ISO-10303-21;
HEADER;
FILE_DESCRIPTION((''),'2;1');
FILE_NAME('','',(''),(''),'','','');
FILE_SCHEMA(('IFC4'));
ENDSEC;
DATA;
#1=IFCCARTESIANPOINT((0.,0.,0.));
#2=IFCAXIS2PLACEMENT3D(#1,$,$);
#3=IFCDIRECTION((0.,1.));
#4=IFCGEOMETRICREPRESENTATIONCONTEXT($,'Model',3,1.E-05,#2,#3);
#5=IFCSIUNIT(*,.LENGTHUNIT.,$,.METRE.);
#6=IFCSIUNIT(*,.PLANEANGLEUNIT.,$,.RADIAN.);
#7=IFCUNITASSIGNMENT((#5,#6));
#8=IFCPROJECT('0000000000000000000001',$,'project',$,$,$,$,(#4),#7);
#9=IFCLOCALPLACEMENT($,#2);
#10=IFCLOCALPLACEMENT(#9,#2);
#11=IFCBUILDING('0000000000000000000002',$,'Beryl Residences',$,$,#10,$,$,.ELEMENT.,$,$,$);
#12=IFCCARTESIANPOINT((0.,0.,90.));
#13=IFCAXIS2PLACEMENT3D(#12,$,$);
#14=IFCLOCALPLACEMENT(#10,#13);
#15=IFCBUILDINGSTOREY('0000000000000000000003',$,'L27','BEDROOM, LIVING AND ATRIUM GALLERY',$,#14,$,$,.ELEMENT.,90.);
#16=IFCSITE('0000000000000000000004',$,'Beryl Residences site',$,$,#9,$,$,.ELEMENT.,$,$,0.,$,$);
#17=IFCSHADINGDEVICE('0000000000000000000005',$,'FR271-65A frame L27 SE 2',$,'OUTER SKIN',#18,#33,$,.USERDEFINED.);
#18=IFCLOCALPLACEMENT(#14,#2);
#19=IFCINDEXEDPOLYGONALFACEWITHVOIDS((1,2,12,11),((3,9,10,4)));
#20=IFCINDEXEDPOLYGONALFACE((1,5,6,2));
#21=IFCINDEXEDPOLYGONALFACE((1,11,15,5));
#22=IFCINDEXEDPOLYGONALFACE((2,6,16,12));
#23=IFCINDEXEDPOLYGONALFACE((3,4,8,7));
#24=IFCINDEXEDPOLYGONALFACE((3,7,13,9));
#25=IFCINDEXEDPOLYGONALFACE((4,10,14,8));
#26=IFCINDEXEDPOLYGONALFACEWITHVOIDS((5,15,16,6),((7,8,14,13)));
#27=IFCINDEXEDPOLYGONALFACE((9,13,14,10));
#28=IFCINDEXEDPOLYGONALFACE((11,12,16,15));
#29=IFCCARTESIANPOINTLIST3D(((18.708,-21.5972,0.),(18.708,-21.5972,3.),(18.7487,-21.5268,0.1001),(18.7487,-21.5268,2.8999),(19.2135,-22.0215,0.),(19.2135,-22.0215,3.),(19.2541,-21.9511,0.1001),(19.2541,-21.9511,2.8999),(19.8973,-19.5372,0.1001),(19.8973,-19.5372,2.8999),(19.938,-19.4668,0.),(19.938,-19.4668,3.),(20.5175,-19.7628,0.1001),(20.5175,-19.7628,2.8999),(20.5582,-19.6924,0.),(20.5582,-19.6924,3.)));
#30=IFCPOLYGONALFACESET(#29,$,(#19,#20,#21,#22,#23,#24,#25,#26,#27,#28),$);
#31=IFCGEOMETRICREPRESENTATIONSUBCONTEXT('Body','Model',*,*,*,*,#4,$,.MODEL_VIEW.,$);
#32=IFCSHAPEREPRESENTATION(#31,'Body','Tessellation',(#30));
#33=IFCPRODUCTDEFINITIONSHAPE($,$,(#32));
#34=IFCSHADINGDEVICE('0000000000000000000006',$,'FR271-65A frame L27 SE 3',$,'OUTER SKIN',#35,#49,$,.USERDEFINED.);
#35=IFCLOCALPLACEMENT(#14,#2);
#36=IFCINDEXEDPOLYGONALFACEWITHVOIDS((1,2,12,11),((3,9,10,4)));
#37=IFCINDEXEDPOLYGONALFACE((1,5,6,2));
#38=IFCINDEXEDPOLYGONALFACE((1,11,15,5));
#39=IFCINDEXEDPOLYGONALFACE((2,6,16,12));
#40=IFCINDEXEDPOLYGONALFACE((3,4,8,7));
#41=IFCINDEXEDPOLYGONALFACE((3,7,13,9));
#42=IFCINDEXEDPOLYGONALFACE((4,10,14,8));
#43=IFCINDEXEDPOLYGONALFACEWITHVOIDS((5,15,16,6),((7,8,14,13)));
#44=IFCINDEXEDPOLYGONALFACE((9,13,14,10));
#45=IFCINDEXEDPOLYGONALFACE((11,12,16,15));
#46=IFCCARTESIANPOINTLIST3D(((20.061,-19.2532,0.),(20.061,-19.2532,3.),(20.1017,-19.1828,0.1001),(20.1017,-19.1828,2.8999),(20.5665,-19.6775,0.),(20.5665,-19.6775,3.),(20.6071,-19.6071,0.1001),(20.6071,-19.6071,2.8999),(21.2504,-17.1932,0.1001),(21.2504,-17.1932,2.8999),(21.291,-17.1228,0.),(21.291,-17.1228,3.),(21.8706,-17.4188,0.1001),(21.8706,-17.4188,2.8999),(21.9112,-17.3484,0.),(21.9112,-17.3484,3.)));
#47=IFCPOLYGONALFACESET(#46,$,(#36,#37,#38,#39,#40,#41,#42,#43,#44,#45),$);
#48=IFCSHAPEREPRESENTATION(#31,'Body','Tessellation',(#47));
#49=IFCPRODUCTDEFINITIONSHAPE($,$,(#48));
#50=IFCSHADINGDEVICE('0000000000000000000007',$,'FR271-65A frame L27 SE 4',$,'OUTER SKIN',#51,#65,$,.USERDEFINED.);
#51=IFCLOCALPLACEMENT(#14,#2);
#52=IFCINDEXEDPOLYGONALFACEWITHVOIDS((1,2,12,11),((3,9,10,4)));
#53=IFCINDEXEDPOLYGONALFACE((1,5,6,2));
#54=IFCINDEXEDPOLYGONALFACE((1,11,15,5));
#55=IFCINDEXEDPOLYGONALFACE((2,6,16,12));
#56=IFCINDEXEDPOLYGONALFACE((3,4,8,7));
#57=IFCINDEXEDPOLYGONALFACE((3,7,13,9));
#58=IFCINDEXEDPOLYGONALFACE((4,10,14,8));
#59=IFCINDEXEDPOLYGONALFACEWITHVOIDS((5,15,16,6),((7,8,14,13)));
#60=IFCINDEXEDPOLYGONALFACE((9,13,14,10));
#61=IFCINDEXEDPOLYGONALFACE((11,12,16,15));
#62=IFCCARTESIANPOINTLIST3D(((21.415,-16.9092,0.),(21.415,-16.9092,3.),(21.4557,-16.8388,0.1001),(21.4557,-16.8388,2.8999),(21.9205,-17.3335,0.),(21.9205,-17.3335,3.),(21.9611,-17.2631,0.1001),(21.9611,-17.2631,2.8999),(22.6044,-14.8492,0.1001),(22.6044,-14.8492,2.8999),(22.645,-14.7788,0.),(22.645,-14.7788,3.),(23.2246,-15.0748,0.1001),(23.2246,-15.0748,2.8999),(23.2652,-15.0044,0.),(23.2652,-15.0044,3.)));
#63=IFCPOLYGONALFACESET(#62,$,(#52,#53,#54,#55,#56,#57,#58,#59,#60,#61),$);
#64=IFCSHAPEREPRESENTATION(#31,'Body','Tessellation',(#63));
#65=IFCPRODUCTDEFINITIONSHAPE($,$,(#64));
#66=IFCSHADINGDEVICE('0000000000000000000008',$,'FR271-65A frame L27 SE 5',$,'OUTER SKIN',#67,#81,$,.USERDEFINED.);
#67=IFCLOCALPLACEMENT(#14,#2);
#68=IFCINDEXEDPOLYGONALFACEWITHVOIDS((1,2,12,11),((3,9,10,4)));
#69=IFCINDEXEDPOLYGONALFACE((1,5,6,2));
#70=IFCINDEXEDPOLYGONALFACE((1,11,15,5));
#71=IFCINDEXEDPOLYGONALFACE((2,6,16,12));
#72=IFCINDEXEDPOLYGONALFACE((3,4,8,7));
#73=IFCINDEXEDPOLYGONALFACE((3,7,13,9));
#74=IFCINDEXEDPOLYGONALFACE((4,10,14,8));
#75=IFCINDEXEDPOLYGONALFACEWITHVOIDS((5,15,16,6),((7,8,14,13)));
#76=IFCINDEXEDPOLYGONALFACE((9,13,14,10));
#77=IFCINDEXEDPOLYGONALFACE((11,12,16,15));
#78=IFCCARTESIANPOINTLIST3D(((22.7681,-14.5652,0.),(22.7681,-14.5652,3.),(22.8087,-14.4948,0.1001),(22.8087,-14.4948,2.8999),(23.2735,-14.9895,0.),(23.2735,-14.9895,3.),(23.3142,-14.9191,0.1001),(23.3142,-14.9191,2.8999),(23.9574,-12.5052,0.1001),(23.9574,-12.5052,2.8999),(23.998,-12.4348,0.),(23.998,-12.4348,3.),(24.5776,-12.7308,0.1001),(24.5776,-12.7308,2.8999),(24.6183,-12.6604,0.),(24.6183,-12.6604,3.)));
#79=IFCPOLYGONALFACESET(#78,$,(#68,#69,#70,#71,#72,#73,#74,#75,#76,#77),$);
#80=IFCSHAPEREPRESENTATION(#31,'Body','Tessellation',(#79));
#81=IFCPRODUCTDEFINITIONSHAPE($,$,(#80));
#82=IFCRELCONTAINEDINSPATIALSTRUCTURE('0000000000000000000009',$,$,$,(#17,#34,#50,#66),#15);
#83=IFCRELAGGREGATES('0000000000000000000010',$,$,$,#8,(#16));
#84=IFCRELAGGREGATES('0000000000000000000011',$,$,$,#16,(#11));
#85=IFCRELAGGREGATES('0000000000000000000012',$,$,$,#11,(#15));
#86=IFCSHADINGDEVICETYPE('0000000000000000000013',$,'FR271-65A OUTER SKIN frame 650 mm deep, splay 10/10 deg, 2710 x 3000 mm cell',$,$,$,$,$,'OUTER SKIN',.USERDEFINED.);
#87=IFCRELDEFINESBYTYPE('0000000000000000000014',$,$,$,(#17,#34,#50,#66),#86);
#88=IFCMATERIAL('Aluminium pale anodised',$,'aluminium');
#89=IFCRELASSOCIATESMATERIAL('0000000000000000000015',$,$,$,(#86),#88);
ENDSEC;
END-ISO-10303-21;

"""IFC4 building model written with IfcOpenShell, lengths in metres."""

from ifc_helpers import new_model, entity, si_unit, direction, frame, origin, place, context, subcontext, project, spatial, source, transform, mapped, material, type_object, type_shapes, element, save


model = new_model("IFC4")

# Units and contexts
model_context = context("Model", 3, precision=1e-05, world=origin(), true_north=direction((0.0, 1.0)))
body_context = subcontext(model_context, "Body", "Model", "MODEL_VIEW")
ifc_project = project(units=[si_unit("LENGTHUNIT", "METRE"), si_unit("PLANEANGLEUNIT", "RADIAN")], contexts=[model_context])

# Site, building, storey
site_placement = place(None, origin())
site = spatial("IfcSite", under=ifc_project, at=site_placement, Name="Beryl Residences site", CompositionType="ELEMENT", RefElevation=0.0)
building_placement = place(site_placement, origin())
building = spatial("IfcBuilding", under=site, at=building_placement, Name="Beryl Residences", CompositionType="ELEMENT")
storey_placement = place(building_placement, frame((0.0, 0.0, 90.0)))
storey = spatial("IfcBuildingStorey", under=building, at=storey_placement, Name="L27", Description="BEDROOM, LIVING AND ATRIUM GALLERY", CompositionType="ELEMENT", Elevation=90.0)

# Shading devices
ifc_material_1 = material(Name="Aluminium pale anodised", Category="aluminium")
shading_device_type_1 = type_object("IfcShadingDeviceType", Name="FR271-65A OUTER SKIN frame 650 mm deep, splay 10/10 deg, 2710 x 3000 mm cell", ElementType="OUTER SKIN", PredefinedType="USERDEFINED", material=ifc_material_1)
cartesian_point_1 = entity("IfcCartesianPoint", [-1.23, 0.0])
cartesian_point_2 = entity("IfcCartesianPoint", [-1.1487, 0.1001])
cartesian_point_3 = entity("IfcCartesianPoint", [-1.3447, 0.0])
cartesian_point_4 = entity("IfcCartesianPoint", [-1.2634, 0.1001])
shared_shape_1 = source(origin(), body_context, "Body", "SweptSolid", [
    entity("IfcExtrudedAreaSolidTapered", entity("IfcArbitraryProfileDefWithVoids", "AREA", None, entity("IfcPolyline", [cartesian_point_1, entity("IfcCartesianPoint", [1.23, 0.0]), entity("IfcCartesianPoint", [1.23, 3.0]), entity("IfcCartesianPoint", [-1.23, 3.0]), cartesian_point_1]), [entity("IfcPolyline", [cartesian_point_2, entity("IfcCartesianPoint", [1.1487, 0.1001]), entity("IfcCartesianPoint", [1.1487, 2.8999]), entity("IfcCartesianPoint", [-1.1487, 2.8999]), cartesian_point_2])]), entity("IfcAxis2Placement3D", entity("IfcCartesianPoint", [0.0, 0.0, 0.0]), entity("IfcDirection", [0.0, 1.0, 0.0]), entity("IfcDirection", [-1.0, 0.0, 0.0])), entity("IfcDirection", [0.0, 0.0, 1.0]), 0.6499, entity("IfcArbitraryProfileDefWithVoids", "AREA", None, entity("IfcPolyline", [cartesian_point_3, entity("IfcCartesianPoint", [1.3447, 0.0]), entity("IfcCartesianPoint", [1.3447, 3.0]), entity("IfcCartesianPoint", [-1.3447, 3.0]), cartesian_point_3]), [entity("IfcPolyline", [cartesian_point_4, entity("IfcCartesianPoint", [1.2634, 0.1001]), entity("IfcCartesianPoint", [1.2634, 2.8999]), entity("IfcCartesianPoint", [-1.2634, 2.8999]), cartesian_point_4])])),
])
type_shapes(shading_device_type_1, [shared_shape_1])
for number, where, z_axis, x_axis, name in (
    (1, (19.323, -20.532, 0.0), (0.0, 0.0, 1.0), (-0.5, -0.866025, 0.0), "FR271-65A frame L27 SE 2"),
    (2, (20.676, -18.188, 0.0), (0.0, 0.0, 1.0), (-0.5, -0.866025, 0.0), "FR271-65A frame L27 SE 3"),
    (3, (22.03, -15.844, 0.0), (0.0, 0.0, 1.0), (-0.5, -0.866025, 0.0), "FR271-65A frame L27 SE 4"),
    (4, (23.3831, -13.5, 0.0), (0.0, 0.0, 1.0), (-0.5, -0.866025, 0.0), "FR271-65A frame L27 SE 5"),
):
    element("IfcShadingDevice", number, at=place(storey_placement, frame(where, z_axis=z_axis, x_axis=x_axis)), inside=storey, type_object=shading_device_type_1, Name=name, ObjectType="OUTER SKIN", PredefinedType="USERDEFINED", context=body_context, shape_type="MappedRepresentation", body=[
        mapped(shared_shape_1, transform((0.0, 0.0, 0.0))),
    ])

save(model, "model.ifc")
